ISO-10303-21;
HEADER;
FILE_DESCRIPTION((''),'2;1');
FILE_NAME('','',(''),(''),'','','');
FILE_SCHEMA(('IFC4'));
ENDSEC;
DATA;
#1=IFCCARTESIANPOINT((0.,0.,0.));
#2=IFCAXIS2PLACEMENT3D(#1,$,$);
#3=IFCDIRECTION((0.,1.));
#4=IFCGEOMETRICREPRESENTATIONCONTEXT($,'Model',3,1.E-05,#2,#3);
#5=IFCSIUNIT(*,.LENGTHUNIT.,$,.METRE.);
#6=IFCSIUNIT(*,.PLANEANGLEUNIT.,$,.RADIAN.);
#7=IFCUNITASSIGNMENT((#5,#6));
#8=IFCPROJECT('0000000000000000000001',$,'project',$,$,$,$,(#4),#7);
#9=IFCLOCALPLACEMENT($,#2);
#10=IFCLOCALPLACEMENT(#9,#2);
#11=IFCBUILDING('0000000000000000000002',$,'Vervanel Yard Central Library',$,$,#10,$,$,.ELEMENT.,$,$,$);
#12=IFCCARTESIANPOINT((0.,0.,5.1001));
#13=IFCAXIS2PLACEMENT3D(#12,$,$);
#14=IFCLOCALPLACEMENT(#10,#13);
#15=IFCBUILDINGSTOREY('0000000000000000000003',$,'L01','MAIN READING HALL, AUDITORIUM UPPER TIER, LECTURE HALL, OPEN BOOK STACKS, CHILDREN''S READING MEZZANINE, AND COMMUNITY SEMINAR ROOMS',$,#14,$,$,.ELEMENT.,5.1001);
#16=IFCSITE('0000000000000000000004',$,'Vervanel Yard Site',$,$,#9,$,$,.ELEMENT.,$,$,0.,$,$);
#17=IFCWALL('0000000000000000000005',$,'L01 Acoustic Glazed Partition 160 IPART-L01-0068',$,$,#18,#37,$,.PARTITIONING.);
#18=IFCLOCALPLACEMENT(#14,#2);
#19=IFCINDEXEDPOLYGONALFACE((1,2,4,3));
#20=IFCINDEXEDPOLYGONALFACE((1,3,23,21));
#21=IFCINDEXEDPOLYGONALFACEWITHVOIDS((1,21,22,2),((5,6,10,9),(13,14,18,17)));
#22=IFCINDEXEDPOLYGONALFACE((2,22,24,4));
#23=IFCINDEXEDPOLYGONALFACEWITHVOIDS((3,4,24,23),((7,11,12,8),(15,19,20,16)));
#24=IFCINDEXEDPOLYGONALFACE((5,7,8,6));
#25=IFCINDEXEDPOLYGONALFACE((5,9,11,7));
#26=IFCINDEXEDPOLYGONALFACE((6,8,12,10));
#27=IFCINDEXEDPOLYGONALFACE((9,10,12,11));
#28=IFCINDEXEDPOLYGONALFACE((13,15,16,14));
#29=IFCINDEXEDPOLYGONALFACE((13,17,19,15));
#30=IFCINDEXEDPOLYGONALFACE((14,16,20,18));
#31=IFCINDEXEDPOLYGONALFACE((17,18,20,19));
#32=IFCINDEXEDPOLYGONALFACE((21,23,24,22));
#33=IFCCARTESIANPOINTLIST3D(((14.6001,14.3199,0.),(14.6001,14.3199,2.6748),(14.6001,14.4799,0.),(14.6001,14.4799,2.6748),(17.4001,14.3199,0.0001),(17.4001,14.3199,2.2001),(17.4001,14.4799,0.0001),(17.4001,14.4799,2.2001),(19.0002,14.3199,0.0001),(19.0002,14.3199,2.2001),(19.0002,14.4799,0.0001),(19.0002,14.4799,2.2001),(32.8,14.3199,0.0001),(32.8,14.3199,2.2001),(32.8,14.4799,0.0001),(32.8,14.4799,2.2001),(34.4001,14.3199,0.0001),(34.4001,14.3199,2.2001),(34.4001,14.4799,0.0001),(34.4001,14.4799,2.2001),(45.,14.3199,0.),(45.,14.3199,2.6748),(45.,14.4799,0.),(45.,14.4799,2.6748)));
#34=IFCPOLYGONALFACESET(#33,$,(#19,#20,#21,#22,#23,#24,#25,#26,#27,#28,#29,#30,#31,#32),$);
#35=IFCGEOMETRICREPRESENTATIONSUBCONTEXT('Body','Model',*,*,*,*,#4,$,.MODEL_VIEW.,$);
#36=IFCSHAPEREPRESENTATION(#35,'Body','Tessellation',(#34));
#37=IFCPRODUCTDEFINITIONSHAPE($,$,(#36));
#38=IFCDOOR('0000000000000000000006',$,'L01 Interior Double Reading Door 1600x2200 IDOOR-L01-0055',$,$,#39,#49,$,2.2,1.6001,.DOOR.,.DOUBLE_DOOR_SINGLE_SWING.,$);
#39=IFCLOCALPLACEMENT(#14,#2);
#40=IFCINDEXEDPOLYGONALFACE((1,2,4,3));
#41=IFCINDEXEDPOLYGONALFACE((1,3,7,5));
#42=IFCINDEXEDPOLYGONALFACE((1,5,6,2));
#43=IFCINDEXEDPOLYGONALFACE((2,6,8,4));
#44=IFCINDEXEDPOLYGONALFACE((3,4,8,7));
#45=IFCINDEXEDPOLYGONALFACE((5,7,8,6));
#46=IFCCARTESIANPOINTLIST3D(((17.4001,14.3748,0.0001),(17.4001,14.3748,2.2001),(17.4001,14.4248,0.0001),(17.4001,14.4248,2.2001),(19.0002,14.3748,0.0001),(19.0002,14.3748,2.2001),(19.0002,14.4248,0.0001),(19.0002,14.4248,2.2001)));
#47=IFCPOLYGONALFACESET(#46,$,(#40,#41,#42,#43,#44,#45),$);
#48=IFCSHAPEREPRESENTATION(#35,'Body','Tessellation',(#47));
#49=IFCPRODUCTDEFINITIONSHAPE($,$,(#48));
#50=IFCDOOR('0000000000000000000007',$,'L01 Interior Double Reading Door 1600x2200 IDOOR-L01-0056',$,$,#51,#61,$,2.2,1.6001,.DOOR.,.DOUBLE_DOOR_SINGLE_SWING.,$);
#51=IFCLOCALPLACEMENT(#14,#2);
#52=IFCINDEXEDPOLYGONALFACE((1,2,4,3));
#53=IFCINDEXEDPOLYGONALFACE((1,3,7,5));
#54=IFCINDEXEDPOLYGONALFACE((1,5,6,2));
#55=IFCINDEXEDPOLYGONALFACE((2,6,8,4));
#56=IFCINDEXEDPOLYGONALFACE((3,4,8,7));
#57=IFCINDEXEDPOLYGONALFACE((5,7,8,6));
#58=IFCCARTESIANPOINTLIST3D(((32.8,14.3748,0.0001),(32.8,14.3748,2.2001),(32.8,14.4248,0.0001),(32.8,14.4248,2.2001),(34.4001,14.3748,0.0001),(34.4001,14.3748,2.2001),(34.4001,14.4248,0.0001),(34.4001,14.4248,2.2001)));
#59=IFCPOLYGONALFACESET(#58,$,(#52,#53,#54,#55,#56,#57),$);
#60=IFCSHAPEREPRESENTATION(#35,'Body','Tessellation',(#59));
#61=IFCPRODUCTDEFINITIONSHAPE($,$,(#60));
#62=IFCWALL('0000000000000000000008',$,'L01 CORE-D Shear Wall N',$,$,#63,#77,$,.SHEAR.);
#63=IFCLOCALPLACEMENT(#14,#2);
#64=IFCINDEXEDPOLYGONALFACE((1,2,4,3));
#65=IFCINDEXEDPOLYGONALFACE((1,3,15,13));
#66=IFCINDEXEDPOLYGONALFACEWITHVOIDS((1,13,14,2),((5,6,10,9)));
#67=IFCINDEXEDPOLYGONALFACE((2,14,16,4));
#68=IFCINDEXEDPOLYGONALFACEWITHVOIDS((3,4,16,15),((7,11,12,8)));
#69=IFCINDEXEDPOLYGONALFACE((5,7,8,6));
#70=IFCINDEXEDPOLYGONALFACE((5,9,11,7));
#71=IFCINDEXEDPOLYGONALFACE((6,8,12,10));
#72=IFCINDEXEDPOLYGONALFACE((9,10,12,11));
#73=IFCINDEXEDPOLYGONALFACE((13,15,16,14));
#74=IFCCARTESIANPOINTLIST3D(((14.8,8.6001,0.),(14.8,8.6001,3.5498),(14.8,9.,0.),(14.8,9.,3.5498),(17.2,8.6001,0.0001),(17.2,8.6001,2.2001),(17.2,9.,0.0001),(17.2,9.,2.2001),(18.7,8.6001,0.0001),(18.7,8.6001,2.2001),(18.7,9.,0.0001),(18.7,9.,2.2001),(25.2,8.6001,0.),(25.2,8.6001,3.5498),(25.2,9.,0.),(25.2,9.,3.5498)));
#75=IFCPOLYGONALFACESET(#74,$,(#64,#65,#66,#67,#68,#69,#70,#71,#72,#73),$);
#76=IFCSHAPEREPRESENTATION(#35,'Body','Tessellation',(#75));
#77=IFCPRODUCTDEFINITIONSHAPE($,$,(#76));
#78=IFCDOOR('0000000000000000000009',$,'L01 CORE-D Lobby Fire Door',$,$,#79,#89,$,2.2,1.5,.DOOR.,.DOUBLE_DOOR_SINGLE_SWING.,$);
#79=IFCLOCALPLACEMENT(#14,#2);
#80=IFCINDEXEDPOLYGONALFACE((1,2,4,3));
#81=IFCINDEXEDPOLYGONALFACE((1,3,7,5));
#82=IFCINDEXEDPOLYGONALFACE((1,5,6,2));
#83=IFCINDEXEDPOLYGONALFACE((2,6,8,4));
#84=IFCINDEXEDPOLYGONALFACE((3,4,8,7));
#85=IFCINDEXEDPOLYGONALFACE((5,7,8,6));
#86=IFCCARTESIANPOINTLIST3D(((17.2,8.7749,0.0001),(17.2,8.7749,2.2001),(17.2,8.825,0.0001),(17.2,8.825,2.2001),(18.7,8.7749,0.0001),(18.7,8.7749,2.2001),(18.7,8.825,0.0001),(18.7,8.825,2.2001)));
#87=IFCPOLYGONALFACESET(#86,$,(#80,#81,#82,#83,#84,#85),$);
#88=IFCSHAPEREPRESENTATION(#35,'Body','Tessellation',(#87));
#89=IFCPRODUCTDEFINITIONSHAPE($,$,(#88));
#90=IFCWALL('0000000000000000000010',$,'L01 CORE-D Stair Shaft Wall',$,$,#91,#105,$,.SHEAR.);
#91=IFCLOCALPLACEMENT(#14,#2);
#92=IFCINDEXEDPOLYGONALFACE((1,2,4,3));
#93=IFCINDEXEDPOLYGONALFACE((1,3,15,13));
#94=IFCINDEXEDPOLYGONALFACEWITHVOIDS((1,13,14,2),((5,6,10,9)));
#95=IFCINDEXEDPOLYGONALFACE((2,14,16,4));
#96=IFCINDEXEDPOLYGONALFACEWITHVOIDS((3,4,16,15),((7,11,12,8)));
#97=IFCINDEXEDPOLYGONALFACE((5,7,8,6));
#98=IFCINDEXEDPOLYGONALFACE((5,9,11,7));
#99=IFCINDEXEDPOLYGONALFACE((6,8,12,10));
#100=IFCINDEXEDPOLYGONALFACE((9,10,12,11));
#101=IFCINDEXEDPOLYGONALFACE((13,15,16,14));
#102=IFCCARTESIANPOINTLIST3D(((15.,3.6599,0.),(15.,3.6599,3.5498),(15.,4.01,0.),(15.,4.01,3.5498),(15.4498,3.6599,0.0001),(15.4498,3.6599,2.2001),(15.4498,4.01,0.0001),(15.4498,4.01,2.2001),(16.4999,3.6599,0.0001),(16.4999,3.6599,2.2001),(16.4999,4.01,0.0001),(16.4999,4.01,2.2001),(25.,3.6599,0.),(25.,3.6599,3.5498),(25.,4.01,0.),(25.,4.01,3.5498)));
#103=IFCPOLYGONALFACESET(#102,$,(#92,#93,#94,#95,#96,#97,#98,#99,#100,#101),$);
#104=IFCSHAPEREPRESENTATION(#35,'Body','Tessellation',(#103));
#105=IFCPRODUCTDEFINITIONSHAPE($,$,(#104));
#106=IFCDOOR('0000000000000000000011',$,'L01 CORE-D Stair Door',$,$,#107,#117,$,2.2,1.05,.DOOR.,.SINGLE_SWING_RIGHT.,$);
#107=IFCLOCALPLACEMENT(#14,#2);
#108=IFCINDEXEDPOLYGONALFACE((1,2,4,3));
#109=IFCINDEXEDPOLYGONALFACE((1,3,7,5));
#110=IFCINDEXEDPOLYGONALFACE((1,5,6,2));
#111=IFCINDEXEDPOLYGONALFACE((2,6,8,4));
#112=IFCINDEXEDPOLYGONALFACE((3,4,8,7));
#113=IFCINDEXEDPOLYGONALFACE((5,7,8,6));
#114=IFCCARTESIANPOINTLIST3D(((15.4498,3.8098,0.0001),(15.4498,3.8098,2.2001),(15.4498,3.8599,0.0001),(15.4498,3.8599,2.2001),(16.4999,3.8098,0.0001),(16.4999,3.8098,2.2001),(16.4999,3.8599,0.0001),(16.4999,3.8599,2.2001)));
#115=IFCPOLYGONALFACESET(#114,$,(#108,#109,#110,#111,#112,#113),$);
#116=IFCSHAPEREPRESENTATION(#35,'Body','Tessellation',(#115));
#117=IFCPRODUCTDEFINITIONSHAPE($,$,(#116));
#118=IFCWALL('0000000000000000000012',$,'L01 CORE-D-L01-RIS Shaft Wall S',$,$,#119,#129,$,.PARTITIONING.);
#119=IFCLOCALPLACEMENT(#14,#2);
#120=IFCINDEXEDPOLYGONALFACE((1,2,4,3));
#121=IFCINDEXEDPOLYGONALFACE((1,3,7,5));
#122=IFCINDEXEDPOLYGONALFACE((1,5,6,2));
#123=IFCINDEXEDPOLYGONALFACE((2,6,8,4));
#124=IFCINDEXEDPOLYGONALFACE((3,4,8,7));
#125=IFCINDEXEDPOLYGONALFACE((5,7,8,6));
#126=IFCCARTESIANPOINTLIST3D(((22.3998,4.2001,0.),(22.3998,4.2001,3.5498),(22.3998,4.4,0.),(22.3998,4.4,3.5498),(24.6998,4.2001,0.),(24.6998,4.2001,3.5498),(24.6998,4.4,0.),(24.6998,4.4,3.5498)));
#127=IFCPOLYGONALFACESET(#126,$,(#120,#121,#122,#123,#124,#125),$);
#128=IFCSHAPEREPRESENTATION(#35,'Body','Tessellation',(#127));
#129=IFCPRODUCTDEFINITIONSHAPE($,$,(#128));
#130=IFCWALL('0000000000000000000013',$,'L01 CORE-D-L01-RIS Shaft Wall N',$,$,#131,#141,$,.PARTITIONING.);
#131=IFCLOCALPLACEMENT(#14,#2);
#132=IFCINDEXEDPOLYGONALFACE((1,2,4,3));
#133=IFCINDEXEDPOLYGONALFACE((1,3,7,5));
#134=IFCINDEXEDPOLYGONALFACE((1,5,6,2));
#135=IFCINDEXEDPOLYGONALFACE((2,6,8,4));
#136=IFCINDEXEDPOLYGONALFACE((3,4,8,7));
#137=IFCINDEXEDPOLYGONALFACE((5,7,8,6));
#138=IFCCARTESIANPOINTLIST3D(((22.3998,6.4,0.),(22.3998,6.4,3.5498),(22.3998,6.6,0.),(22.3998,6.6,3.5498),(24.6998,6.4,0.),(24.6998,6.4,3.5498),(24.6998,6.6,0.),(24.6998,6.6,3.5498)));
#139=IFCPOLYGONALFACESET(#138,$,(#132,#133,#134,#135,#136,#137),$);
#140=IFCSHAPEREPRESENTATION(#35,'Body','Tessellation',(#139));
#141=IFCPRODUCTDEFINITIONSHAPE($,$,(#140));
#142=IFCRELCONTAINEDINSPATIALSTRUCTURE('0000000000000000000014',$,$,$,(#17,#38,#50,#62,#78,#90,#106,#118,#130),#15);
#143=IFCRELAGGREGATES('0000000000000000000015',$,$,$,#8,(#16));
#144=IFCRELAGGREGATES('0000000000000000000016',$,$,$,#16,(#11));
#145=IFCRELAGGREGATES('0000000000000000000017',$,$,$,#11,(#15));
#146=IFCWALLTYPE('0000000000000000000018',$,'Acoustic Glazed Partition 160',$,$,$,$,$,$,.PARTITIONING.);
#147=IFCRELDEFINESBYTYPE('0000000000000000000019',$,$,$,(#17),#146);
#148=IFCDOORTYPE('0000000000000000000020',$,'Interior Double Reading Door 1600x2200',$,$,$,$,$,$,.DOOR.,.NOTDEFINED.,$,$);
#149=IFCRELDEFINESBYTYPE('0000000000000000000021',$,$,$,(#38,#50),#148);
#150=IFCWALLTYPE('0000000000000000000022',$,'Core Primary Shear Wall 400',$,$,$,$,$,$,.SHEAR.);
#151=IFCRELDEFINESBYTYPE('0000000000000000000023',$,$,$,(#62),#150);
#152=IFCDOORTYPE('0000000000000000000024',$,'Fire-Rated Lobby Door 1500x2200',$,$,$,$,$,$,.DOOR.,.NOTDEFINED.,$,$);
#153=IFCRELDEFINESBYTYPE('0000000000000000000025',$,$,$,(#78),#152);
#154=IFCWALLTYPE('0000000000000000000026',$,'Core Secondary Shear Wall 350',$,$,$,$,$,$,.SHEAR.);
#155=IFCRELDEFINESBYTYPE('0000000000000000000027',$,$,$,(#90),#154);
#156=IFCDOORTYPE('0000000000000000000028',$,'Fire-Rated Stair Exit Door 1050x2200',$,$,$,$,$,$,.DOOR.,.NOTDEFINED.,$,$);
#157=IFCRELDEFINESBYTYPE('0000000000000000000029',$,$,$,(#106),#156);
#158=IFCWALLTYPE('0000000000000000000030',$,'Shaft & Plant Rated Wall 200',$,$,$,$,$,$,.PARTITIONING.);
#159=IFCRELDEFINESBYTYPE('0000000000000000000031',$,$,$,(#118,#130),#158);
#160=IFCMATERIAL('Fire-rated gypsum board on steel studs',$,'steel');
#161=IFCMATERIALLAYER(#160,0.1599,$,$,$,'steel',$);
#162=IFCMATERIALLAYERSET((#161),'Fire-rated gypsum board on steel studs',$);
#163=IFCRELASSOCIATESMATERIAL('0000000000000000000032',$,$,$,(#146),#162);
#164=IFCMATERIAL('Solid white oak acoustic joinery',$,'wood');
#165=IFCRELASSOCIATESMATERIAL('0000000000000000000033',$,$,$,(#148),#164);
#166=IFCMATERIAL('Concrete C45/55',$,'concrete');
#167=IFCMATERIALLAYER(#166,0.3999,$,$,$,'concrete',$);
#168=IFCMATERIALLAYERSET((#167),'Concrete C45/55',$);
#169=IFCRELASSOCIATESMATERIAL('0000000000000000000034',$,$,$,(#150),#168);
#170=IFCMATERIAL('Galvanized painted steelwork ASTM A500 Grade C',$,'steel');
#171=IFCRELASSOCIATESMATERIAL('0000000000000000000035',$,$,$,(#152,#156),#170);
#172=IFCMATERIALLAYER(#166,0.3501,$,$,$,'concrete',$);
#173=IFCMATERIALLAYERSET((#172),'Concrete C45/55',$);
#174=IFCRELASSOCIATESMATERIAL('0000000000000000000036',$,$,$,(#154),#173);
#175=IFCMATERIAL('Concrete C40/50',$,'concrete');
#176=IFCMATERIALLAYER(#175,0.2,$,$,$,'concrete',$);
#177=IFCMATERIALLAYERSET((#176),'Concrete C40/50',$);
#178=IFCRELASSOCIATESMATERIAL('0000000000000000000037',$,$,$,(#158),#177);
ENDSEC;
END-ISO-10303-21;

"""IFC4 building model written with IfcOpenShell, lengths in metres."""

from ifc_helpers import new_model, si_unit, direction, frame, frame_2d, origin, place, context, subcontext, project, spatial, rectangle, extrude, material, layer, layer_set, type_object, element, fill, save


model = new_model("IFC4")

# Units and contexts
model_context = context("Model", 3, precision=1e-05, world=origin(), true_north=direction((0.0, 1.0)))
body_context = subcontext(model_context, "Body", "Model", "MODEL_VIEW")
ifc_project = project(units=[si_unit("LENGTHUNIT", "METRE"), si_unit("PLANEANGLEUNIT", "RADIAN")], contexts=[model_context])

# Site, building, storey
site_placement = place(None, origin())
site = spatial("IfcSite", under=ifc_project, at=site_placement, Name="Vervanel Yard Site", CompositionType="ELEMENT", RefElevation=0.0)
building_placement = place(site_placement, origin())
building = spatial("IfcBuilding", under=site, at=building_placement, Name="Vervanel Yard Central Library", CompositionType="ELEMENT")
storey_placement = place(building_placement, frame((0.0, 0.0, 5.1001)))
storey = spatial("IfcBuildingStorey", under=building, at=storey_placement, Name="L01", Description="MAIN READING HALL, AUDITORIUM UPPER TIER, LECTURE HALL, OPEN BOOK STACKS, CHILDREN'S READING MEZZANINE, AND COMMUNITY SEMINAR ROOMS", CompositionType="ELEMENT", Elevation=5.1001)

# Shared definitions
ifc_material_1 = material(Name="Concrete C40/50", Category="concrete")

# Wall, openings, doors
ifc_material_2 = material(Name="Solid white oak acoustic joinery", Category="wood")
ifc_material_3 = material(Name="Fire-rated gypsum board on steel studs", Category="steel")
ifc_layer_1 = layer(ifc_material_3, 0.1599, Category="steel")
ifc_layer_set_1 = layer_set([ifc_layer_1], Name="Fire-rated gypsum board on steel studs")
wall_type_1 = type_object("IfcWallType", Name="Acoustic Glazed Partition 160", PredefinedType="PARTITIONING", material=ifc_layer_set_1)
wall_1_placement = place(storey_placement, frame((14.6001, 14.3999, 0.0), z_axis=(0.0, 0.0, 1.0), x_axis=(1.0, 0.0, 0.0)))
wall_1 = element("IfcWall", 1, at=wall_1_placement, inside=storey, type_object=wall_type_1, Name="L01 Acoustic Glazed Partition 160 IPART-L01-0068", PredefinedType="PARTITIONING", context=body_context, shape_type="SweptSolid", body=[
    extrude(rectangle(XDim=30.3999, YDim=0.1599, at=frame_2d((15.2, 0.0))), origin(), (0.0, 0.0, 1.0), 2.6748),
])
opening_1_placement = place(wall_1_placement, frame((2.8, 0.0, 0.0)))
opening_1 = element("IfcOpeningElement", 2, at=opening_1_placement, cuts=wall_1, PredefinedType="OPENING", context=body_context, shape_type="SweptSolid", body=[
    extrude(rectangle(XDim=1.6001, YDim=2.2, at=frame_2d((0.8, 1.1001))), frame((0.0, 0.0898, 0.0), z_axis=(0.0, -1.0, 0.0), x_axis=(1.0, 0.0, 0.0)), (0.0, 0.0, 1.0), 0.1799),
])
opening_2_placement = place(wall_1_placement, frame((18.2, 0.0, 0.0)))
opening_2 = element("IfcOpeningElement", 3, at=opening_2_placement, cuts=wall_1, PredefinedType="OPENING", context=body_context, shape_type="SweptSolid", body=[
    extrude(rectangle(XDim=1.6001, YDim=2.2, at=frame_2d((0.8, 1.1001))), frame((0.0, 0.0898, 0.0), z_axis=(0.0, -1.0, 0.0), x_axis=(1.0, 0.0, 0.0)), (0.0, 0.0, 1.0), 0.1799),
])
door_type_1 = type_object("IfcDoorType", Name="Interior Double Reading Door 1600x2200", OperationType="NOTDEFINED", PredefinedType="DOOR", material=ifc_material_2)
door_1_placement = place(opening_1_placement, origin())
door_1 = element("IfcDoor", 4, at=door_1_placement, inside=storey, type_object=door_type_1, Name="L01 Interior Double Reading Door 1600x2200 IDOOR-L01-0055", OperationType="DOUBLE_DOOR_SINGLE_SWING", OverallHeight=2.2, OverallWidth=1.6001, PredefinedType="DOOR", context=body_context, shape_type="SweptSolid", body=[
    extrude(rectangle(XDim=1.6001, YDim=2.2, at=frame_2d((0.8, 1.1001))), frame((0.0, 0.0249, 0.0), z_axis=(0.0, -1.0, 0.0), x_axis=(1.0, 0.0, 0.0)), (0.0, 0.0, 1.0), 0.05),
])
fill(opening_1, door_1)
door_2_placement = place(opening_2_placement, origin())
door_2 = element("IfcDoor", 5, at=door_2_placement, inside=storey, type_object=door_type_1, Name="L01 Interior Double Reading Door 1600x2200 IDOOR-L01-0056", OperationType="DOUBLE_DOOR_SINGLE_SWING", OverallHeight=2.2, OverallWidth=1.6001, PredefinedType="DOOR", context=body_context, shape_type="SweptSolid", body=[
    extrude(rectangle(XDim=1.6001, YDim=2.2, at=frame_2d((0.8, 1.1001))), frame((0.0, 0.0249, 0.0), z_axis=(0.0, -1.0, 0.0), x_axis=(1.0, 0.0, 0.0)), (0.0, 0.0, 1.0), 0.05),
])
fill(opening_2, door_2)

# Walls, openings, doors
ifc_material_4 = material(Name="Concrete C45/55", Category="concrete")
ifc_layer_2 = layer(ifc_material_4, 0.3999, Category="concrete")
ifc_layer_set_2 = layer_set([ifc_layer_2], Name="Concrete C45/55")
wall_type_2 = type_object("IfcWallType", Name="Core Primary Shear Wall 400", PredefinedType="SHEAR", material=ifc_layer_set_2)
wall_2_placement = place(storey_placement, frame((14.8, 8.8, 0.0), z_axis=(0.0, 0.0, 1.0), x_axis=(1.0, 0.0, 0.0)))
wall_2 = element("IfcWall", 6, at=wall_2_placement, inside=storey, type_object=wall_type_2, Name="L01 CORE-D Shear Wall N", PredefinedType="SHEAR", context=body_context, shape_type="SweptSolid", body=[
    extrude(rectangle(XDim=10.3999, YDim=0.3999, at=frame_2d((5.2, 0.0))), origin(), (0.0, 0.0, 1.0), 3.5498),
])
opening_3_placement = place(wall_2_placement, frame((2.3999, 0.0, 0.0)))
opening_3 = element("IfcOpeningElement", 7, at=opening_3_placement, cuts=wall_2, PredefinedType="OPENING", context=body_context, shape_type="SweptSolid", body=[
    extrude(rectangle(XDim=1.5, YDim=2.2, at=frame_2d((0.75, 1.1001))), frame((0.0, 0.21, 0.0), z_axis=(0.0, -1.0, 0.0), x_axis=(1.0, 0.0, 0.0)), (0.0, 0.0, 1.0), 0.4199),
])
ifc_material_5 = material(Name="Galvanized painted steelwork ASTM A500 Grade C", Category="steel")
door_type_2 = type_object("IfcDoorType", Name="Fire-Rated Lobby Door 1500x2200", OperationType="NOTDEFINED", PredefinedType="DOOR", material=ifc_material_5)
door_3_placement = place(opening_3_placement, origin())
door_3 = element("IfcDoor", 8, at=door_3_placement, inside=storey, type_object=door_type_2, Name="L01 CORE-D Lobby Fire Door", OperationType="DOUBLE_DOOR_SINGLE_SWING", OverallHeight=2.2, OverallWidth=1.5, PredefinedType="DOOR", context=body_context, shape_type="SweptSolid", body=[
    extrude(rectangle(XDim=1.5, YDim=2.2, at=frame_2d((0.75, 1.1001))), frame((0.0, 0.0249, 0.0), z_axis=(0.0, -1.0, 0.0), x_axis=(1.0, 0.0, 0.0)), (0.0, 0.0, 1.0), 0.05),
])
fill(opening_3, door_3)
ifc_layer_3 = layer(ifc_material_4, 0.3501, Category="concrete")
ifc_layer_set_3 = layer_set([ifc_layer_3], Name="Concrete C45/55")
wall_type_3 = type_object("IfcWallType", Name="Core Secondary Shear Wall 350", PredefinedType="SHEAR", material=ifc_layer_set_3)
wall_3_placement = place(storey_placement, frame((15.0, 3.835, 0.0), z_axis=(0.0, 0.0, 1.0), x_axis=(1.0, 0.0, 0.0)))
wall_3 = element("IfcWall", 9, at=wall_3_placement, inside=storey, type_object=wall_type_3, Name="L01 CORE-D Stair Shaft Wall", PredefinedType="SHEAR", context=body_context, shape_type="SweptSolid", body=[
    extrude(rectangle(XDim=10.0, YDim=0.3501, at=frame_2d((5.0, 0.0))), origin(), (0.0, 0.0, 1.0), 3.5498),
])
opening_4_placement = place(wall_3_placement, frame((0.45, 0.0, 0.0)))
opening_4 = element("IfcOpeningElement", 10, at=opening_4_placement, cuts=wall_3, PredefinedType="OPENING", context=body_context, shape_type="SweptSolid", body=[
    extrude(rectangle(XDim=1.05, YDim=2.2, at=frame_2d((0.5249, 1.1001))), frame((0.0, 0.1851, 0.0), z_axis=(0.0, -1.0, 0.0), x_axis=(1.0, 0.0, 0.0)), (0.0, 0.0, 1.0), 0.3701),
])
door_type_3 = type_object("IfcDoorType", Name="Fire-Rated Stair Exit Door 1050x2200", OperationType="NOTDEFINED", PredefinedType="DOOR", material=ifc_material_5)
door_4_placement = place(opening_4_placement, origin())
door_4 = element("IfcDoor", 11, at=door_4_placement, inside=storey, type_object=door_type_3, Name="L01 CORE-D Stair Door", OperationType="SINGLE_SWING_RIGHT", OverallHeight=2.2, OverallWidth=1.05, PredefinedType="DOOR", context=body_context, shape_type="SweptSolid", body=[
    extrude(rectangle(XDim=1.05, YDim=2.2, at=frame_2d((0.5249, 1.1001))), frame((0.0, 0.0249, 0.0), z_axis=(0.0, -1.0, 0.0), x_axis=(1.0, 0.0, 0.0)), (0.0, 0.0, 1.0), 0.05),
])
fill(opening_4, door_4)

# Walls
ifc_layer_4 = layer(ifc_material_1, 0.2, Category="concrete")
ifc_layer_set_4 = layer_set([ifc_layer_4], Name="Concrete C40/50")
wall_type_4 = type_object("IfcWallType", Name="Shaft & Plant Rated Wall 200", PredefinedType="PARTITIONING", material=ifc_layer_set_4)
for number, where, z_axis, x_axis, name in (
    (12, (22.3999, 4.3, 0.0), (0.0, 0.0, 1.0), (1.0, 0.0, 0.0), "L01 CORE-D-L01-RIS Shaft Wall S"),
    (13, (22.3999, 6.5, 0.0), (0.0, 0.0, 1.0), (1.0, 0.0, 0.0), "L01 CORE-D-L01-RIS Shaft Wall N"),
):
    element("IfcWall", number, at=place(storey_placement, frame(where, z_axis=z_axis, x_axis=x_axis)), inside=storey, type_object=wall_type_4, Name=name, PredefinedType="PARTITIONING", context=body_context, shape_type="SweptSolid", body=[
        extrude(rectangle(XDim=2.3, YDim=0.2, at=frame_2d((1.1499, 0.0))), origin(), (0.0, 0.0, 1.0), 3.5498),
    ])

save(model, "model.ifc")
